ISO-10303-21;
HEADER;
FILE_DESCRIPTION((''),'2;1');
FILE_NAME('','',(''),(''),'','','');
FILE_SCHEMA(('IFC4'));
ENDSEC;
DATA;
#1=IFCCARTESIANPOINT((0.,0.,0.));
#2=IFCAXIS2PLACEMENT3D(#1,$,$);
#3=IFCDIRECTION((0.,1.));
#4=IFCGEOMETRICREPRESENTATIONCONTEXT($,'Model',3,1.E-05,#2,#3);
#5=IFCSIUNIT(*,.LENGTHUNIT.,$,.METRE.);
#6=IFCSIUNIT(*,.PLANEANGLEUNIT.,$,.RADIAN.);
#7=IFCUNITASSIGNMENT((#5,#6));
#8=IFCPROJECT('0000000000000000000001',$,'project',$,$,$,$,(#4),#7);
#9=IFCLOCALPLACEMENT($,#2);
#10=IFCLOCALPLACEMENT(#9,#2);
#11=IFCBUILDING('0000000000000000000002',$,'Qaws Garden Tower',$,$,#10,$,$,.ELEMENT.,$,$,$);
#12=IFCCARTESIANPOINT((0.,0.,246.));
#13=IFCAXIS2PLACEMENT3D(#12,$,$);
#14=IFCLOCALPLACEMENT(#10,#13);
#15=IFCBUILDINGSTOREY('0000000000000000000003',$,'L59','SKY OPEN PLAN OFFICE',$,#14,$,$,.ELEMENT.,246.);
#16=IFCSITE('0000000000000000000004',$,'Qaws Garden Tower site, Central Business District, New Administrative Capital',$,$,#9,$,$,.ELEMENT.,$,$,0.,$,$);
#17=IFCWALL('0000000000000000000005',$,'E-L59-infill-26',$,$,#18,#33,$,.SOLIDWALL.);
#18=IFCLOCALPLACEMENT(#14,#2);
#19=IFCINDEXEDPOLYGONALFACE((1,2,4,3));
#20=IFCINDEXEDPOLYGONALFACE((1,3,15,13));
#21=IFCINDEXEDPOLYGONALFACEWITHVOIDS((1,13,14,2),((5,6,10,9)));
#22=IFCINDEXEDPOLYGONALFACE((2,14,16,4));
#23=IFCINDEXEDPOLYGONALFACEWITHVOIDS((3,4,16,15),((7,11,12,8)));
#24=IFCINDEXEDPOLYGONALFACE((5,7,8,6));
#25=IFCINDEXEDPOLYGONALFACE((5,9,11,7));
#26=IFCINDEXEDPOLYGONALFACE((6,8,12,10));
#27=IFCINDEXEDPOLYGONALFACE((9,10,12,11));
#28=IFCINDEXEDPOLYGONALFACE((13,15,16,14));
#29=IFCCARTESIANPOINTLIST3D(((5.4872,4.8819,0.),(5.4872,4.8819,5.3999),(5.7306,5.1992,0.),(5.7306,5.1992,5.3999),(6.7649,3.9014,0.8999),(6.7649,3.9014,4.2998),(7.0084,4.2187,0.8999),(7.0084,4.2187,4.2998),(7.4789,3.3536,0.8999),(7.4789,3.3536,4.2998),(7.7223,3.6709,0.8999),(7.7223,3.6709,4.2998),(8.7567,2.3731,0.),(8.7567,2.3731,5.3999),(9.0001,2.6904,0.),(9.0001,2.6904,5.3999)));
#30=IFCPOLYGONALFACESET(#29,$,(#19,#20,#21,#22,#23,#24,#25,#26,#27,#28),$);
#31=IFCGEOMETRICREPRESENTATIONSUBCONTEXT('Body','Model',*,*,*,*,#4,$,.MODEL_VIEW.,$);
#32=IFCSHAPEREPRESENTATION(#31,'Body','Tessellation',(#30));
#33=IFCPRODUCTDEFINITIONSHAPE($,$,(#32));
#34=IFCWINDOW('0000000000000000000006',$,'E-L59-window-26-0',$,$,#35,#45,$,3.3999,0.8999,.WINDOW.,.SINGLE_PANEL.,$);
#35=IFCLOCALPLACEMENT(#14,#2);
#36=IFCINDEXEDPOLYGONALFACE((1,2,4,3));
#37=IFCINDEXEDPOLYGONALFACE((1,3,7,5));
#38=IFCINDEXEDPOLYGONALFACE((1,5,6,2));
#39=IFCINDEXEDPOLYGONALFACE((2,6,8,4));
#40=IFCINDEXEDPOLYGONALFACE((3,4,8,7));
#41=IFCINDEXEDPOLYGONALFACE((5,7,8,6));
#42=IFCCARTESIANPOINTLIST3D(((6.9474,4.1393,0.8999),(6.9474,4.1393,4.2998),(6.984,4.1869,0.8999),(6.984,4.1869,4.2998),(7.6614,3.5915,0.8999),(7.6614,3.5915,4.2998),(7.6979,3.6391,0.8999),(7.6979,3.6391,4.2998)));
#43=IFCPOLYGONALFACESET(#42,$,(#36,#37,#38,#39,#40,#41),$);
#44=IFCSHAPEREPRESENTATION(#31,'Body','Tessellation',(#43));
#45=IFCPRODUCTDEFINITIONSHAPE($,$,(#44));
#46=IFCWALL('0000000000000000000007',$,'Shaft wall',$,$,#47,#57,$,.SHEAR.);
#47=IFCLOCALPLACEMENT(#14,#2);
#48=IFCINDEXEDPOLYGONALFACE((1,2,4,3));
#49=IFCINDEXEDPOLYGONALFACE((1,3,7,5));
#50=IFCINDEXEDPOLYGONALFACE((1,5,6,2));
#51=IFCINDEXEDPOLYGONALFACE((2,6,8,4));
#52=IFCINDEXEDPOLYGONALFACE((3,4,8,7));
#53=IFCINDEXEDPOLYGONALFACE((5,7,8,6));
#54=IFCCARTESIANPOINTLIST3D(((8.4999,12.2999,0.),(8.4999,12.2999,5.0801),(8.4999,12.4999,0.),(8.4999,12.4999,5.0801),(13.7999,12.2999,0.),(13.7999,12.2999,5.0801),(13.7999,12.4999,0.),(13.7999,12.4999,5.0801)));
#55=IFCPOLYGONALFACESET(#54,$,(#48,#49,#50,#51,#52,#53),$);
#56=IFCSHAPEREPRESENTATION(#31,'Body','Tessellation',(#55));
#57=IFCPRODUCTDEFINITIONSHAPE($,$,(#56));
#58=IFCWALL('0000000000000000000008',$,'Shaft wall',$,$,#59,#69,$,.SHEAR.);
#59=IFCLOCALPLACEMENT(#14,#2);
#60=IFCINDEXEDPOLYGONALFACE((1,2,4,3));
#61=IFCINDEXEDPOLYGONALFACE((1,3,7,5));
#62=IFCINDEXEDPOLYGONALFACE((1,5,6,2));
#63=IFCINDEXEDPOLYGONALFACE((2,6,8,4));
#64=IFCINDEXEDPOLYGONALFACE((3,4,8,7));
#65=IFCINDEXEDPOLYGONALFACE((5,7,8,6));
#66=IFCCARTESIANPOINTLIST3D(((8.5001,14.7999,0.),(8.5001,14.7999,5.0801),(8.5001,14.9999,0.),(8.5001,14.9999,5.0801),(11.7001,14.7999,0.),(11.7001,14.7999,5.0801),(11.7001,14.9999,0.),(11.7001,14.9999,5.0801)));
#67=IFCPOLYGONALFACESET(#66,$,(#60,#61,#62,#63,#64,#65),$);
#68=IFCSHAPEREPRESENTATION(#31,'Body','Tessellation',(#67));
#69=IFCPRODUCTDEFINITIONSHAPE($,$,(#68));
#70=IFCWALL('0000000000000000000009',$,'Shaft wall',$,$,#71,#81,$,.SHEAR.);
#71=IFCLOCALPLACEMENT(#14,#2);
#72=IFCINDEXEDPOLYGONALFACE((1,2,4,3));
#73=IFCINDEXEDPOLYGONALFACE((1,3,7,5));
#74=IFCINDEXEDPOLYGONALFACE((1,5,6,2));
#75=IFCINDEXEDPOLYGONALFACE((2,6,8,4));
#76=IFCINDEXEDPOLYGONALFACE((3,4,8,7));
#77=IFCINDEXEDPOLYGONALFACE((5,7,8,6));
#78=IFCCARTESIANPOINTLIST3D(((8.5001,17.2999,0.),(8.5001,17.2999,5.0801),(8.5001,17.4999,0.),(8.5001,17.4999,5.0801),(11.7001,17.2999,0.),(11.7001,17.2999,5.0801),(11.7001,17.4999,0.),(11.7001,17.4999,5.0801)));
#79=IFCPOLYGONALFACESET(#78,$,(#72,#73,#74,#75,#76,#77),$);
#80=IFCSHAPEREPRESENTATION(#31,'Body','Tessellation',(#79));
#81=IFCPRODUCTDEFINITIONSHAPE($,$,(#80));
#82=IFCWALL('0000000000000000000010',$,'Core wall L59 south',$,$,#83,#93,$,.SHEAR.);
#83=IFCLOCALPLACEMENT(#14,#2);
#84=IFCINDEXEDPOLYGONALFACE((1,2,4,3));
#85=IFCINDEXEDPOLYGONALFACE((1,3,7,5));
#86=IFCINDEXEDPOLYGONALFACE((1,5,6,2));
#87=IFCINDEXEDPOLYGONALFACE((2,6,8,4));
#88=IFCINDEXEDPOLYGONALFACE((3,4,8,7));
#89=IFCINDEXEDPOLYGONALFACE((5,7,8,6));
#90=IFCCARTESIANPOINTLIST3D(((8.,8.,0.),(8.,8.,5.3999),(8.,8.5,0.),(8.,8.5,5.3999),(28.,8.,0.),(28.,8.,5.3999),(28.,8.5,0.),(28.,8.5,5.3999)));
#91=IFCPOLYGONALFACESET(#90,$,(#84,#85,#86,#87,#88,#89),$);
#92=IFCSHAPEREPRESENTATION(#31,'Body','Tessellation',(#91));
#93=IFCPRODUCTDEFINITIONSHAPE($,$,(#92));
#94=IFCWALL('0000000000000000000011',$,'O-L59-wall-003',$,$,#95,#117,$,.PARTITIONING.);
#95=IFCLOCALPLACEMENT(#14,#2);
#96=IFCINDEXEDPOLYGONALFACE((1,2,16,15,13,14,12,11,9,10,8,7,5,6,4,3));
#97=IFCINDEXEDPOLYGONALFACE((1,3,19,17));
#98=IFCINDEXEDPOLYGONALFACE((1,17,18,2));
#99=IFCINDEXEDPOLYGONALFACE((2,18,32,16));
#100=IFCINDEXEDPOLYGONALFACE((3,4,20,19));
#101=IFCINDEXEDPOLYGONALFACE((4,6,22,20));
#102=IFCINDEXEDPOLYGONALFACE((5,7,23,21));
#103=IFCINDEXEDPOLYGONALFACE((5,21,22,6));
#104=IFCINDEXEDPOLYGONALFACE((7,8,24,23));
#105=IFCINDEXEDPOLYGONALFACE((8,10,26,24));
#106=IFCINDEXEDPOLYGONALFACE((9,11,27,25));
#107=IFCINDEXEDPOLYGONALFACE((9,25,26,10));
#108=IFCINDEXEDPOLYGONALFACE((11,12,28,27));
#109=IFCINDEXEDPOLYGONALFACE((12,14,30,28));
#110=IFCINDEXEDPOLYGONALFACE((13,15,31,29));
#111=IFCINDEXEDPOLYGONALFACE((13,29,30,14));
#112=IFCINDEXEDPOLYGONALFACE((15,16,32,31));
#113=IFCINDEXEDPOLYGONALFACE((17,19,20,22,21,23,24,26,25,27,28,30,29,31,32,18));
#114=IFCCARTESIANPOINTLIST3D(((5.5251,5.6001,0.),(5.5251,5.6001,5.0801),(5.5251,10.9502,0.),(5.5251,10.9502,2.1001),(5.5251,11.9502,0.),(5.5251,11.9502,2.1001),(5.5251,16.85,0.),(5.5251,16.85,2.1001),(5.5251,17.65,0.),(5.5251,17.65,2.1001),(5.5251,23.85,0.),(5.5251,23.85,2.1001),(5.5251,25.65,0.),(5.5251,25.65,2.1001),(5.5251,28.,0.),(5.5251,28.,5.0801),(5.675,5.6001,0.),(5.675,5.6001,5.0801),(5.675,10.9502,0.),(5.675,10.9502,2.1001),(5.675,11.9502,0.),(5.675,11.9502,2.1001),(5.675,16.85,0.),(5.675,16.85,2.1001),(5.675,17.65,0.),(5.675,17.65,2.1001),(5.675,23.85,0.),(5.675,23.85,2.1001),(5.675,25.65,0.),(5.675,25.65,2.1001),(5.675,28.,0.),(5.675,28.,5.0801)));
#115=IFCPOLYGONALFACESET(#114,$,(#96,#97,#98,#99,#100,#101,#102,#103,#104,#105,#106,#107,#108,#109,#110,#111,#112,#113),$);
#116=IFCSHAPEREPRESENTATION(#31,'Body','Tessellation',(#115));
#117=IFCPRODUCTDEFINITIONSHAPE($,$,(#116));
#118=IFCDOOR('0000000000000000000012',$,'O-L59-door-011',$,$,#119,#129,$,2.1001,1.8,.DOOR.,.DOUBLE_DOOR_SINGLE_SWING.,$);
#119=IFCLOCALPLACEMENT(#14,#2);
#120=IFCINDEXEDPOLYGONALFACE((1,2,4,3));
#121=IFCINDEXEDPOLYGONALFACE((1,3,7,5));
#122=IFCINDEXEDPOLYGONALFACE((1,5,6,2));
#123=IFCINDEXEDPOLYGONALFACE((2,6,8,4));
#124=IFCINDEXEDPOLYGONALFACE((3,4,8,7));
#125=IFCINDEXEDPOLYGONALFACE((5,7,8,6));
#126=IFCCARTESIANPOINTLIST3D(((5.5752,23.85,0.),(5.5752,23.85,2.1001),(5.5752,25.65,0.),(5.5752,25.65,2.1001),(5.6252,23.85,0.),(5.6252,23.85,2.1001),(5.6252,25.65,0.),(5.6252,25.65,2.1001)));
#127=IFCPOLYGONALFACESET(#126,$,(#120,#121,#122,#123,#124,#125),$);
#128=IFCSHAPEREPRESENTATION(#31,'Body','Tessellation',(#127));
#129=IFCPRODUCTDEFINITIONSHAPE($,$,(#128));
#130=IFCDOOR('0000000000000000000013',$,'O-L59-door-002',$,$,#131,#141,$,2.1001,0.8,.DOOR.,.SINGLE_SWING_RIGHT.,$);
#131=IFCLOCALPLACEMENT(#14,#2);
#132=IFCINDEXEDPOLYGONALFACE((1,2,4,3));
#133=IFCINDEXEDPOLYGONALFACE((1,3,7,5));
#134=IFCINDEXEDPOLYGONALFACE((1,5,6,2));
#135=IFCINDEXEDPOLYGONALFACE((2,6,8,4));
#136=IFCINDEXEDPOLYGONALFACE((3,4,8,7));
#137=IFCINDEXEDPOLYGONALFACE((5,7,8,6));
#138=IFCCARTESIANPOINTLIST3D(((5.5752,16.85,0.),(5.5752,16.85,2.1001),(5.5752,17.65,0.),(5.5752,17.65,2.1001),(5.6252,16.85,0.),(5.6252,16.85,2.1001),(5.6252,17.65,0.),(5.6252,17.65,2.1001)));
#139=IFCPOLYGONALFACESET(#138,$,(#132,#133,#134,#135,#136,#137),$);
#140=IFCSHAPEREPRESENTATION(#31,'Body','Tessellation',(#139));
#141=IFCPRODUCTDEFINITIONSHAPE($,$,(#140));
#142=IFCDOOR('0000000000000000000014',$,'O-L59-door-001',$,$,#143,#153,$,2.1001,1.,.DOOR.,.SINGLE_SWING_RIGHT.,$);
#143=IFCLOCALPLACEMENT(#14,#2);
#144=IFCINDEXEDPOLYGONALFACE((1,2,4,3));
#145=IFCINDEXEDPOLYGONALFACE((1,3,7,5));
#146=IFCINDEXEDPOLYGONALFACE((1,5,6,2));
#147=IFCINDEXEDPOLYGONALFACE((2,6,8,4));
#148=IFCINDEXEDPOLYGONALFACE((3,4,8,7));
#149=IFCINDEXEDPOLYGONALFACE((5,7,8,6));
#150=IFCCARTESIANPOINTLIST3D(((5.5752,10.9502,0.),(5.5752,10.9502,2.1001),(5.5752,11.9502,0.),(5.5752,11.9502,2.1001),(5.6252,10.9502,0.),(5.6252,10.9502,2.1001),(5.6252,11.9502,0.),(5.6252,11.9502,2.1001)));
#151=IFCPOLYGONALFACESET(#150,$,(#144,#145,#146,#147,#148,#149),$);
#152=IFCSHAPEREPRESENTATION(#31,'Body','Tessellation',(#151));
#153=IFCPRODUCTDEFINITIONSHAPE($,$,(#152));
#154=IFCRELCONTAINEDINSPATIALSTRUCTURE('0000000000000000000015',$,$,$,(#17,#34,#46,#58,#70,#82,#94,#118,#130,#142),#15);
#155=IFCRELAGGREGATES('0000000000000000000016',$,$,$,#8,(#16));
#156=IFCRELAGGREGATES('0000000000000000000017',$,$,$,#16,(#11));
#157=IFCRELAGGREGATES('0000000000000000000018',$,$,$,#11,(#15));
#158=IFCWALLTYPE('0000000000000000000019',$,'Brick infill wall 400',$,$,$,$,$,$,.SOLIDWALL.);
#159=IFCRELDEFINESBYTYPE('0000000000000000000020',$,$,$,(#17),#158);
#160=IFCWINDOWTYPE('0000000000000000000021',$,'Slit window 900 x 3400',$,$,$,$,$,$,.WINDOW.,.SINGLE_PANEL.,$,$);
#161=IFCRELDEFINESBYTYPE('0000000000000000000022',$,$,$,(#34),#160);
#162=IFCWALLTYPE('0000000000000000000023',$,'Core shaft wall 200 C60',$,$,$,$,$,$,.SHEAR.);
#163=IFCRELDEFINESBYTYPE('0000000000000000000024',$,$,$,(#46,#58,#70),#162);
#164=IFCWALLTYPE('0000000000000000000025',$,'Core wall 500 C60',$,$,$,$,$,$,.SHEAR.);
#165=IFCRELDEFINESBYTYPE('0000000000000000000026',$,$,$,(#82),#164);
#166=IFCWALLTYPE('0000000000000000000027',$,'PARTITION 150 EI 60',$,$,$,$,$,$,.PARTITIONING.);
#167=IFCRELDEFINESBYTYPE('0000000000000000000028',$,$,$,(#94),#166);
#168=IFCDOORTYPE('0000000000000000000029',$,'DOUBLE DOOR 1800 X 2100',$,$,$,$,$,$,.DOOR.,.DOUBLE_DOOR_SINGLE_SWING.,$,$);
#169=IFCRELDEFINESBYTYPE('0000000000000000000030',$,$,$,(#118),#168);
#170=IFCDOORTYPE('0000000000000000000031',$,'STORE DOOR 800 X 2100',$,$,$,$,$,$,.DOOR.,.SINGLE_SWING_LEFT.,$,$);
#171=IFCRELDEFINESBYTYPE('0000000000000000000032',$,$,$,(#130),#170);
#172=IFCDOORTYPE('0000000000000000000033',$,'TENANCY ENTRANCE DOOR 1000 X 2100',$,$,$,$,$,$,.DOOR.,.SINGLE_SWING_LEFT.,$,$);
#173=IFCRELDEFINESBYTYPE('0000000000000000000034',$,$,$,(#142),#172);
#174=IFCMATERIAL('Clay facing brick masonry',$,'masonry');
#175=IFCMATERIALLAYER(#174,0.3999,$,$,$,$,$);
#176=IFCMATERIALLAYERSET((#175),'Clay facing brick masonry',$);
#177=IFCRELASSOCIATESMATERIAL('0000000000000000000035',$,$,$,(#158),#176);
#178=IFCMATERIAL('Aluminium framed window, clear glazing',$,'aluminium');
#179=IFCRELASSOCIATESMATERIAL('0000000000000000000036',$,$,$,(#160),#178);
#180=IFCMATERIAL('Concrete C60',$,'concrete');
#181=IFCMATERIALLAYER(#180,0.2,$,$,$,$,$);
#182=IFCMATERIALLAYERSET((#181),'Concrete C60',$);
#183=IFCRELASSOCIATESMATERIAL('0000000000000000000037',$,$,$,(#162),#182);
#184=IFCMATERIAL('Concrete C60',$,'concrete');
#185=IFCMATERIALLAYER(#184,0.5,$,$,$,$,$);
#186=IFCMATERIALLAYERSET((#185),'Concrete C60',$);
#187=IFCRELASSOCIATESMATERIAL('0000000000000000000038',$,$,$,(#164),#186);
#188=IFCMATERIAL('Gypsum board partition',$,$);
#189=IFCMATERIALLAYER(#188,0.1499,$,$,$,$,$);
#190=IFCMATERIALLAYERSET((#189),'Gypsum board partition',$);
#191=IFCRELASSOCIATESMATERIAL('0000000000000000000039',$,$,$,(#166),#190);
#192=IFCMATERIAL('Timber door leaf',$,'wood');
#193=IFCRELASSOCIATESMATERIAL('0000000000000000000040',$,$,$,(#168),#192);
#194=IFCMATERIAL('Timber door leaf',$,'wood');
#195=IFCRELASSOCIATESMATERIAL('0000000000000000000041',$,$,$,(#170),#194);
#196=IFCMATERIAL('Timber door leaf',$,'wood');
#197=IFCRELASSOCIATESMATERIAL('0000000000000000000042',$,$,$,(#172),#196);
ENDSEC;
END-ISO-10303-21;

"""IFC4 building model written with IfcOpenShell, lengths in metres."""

from ifc_helpers import new_model, si_unit, direction, frame, frame_2d, origin, place, context, subcontext, project, spatial, rectangle, extrude, material, layer, layer_set, type_object, element, fill, save


model = new_model("IFC4")

# Units and contexts
model_context = context("Model", 3, precision=1e-05, world=origin(), true_north=direction((0.0, 1.0)))
body_context = subcontext(model_context, "Body", "Model", "MODEL_VIEW")
ifc_project = project(units=[si_unit("LENGTHUNIT", "METRE"), si_unit("PLANEANGLEUNIT", "RADIAN")], contexts=[model_context])

# Site, building, storey
site_placement = place(None, origin())
site = spatial("IfcSite", under=ifc_project, at=site_placement, Name="Qaws Garden Tower site, Central Business District, New Administrative Capital", CompositionType="ELEMENT", RefElevation=0.0)
building_placement = place(site_placement, origin())
building = spatial("IfcBuilding", under=site, at=building_placement, Name="Qaws Garden Tower", CompositionType="ELEMENT")
storey_placement = place(building_placement, frame((0.0, 0.0, 246.0)))
storey = spatial("IfcBuildingStorey", under=building, at=storey_placement, Name="L59", Description="SKY OPEN PLAN OFFICE", CompositionType="ELEMENT", Elevation=246.0)

# Wall, opening, window
ifc_material_1 = material(Name="Clay facing brick masonry", Category="masonry")
ifc_layer_1 = layer(ifc_material_1, 0.3999)
ifc_layer_set_1 = layer_set([ifc_layer_1], Name="Clay facing brick masonry")
wall_type_1 = type_object("IfcWallType", Name="Brick infill wall 400", PredefinedType="SOLIDWALL", material=ifc_layer_set_1)
ifc_material_2 = material(Name="Aluminium framed window, clear glazing", Category="aluminium")
window_type = type_object("IfcWindowType", Name="Slit window 900 x 3400", PartitioningType="SINGLE_PANEL", PredefinedType="WINDOW", material=ifc_material_2)
wall_1_placement = place(storey_placement, frame((5.6089, 5.0405, 0.0), z_axis=(0.0, 0.0, 1.0), x_axis=(0.793355, -0.60876, 0.0)))
wall_1 = element("IfcWall", 1, at=wall_1_placement, inside=storey, type_object=wall_type_1, Name="E-L59-infill-26", PredefinedType="SOLIDWALL", context=body_context, shape_type="SweptSolid", body=[
    extrude(rectangle(XDim=4.1211, YDim=0.3999, at=frame_2d((2.0605, 0.0))), origin(), (0.0, 0.0, 1.0), 5.3999),
])
opening_1_placement = place(wall_1_placement, frame((1.6106, 0.0, 0.8999)))
opening_1 = element("IfcOpeningElement", 2, at=opening_1_placement, cuts=wall_1, PredefinedType="OPENING", context=body_context, shape_type="SweptSolid", body=[
    extrude(rectangle(XDim=0.8999, YDim=3.3999, at=frame_2d((0.45, 1.7))), frame((0.0, 0.21, 0.0), z_axis=(0.0, -1.0, 0.0), x_axis=(1.0, 0.0, 0.0)), (0.0, 0.0, 1.0), 0.4199),
])
window_1_placement = place(opening_1_placement, origin())
window_1 = element("IfcWindow", 3, at=window_1_placement, inside=storey, type_object=window_type, Name="E-L59-window-26-0", OverallHeight=3.3999, OverallWidth=0.8999, PartitioningType="SINGLE_PANEL", PredefinedType="WINDOW", context=body_context, shape_type="SweptSolid", body=[
    extrude(rectangle(XDim=0.8999, YDim=3.3999, at=frame_2d((0.45, 1.7))), frame((0.0, 0.1599, 0.0), z_axis=(0.0, -1.0, 0.0), x_axis=(1.0, 0.0, 0.0)), (0.0, 0.0, 1.0), 0.0601),
])
fill(opening_1, window_1)

# Walls
ifc_material_3 = material(Name="Concrete C60", Category="concrete")
ifc_layer_2 = layer(ifc_material_3, 0.2)
ifc_layer_set_2 = layer_set([ifc_layer_2], Name="Concrete C60")
wall_type_2 = type_object("IfcWallType", Name="Core shaft wall 200 C60", PredefinedType="SHEAR", material=ifc_layer_set_2)
wall_2_placement = place(storey_placement, frame((8.5, 12.3999, 0.0), z_axis=(0.0, 0.0, 1.0), x_axis=(1.0, 0.0, 0.0)))
element("IfcWall", 4, at=wall_2_placement, inside=storey, type_object=wall_type_2, Name="Shaft wall", PredefinedType="SHEAR", context=body_context, shape_type="SweptSolid", body=[
    extrude(rectangle(XDim=5.3, YDim=0.2, at=frame_2d((2.6499, 0.0))), origin(), (0.0, 0.0, 1.0), 5.0801),
])
for number, where, z_axis, x_axis, name in (
    (5, (8.5, 14.8999, 0.0), (0.0, 0.0, 1.0), (1.0, 0.0, 0.0), "Shaft wall"),
    (6, (8.5, 17.3999, 0.0), (0.0, 0.0, 1.0), (1.0, 0.0, 0.0), "Shaft wall"),
):
    element("IfcWall", number, at=place(storey_placement, frame(where, z_axis=z_axis, x_axis=x_axis)), inside=storey, type_object=wall_type_2, Name=name, PredefinedType="SHEAR", context=body_context, shape_type="SweptSolid", body=[
        extrude(rectangle(XDim=3.2, YDim=0.2, at=frame_2d((1.6001, 0.0))), origin(), (0.0, 0.0, 1.0), 5.0801),
    ])
ifc_material_4 = material(Name="Concrete C60", Category="concrete")
ifc_layer_3 = layer(ifc_material_4, 0.5)
ifc_layer_set_3 = layer_set([ifc_layer_3], Name="Concrete C60")
wall_type_3 = type_object("IfcWallType", Name="Core wall 500 C60", PredefinedType="SHEAR", material=ifc_layer_set_3)
wall_3_placement = place(storey_placement, frame((8.0, 8.25, 0.0), z_axis=(0.0, 0.0, 1.0), x_axis=(1.0, 0.0, 0.0)))
element("IfcWall", 7, at=wall_3_placement, inside=storey, type_object=wall_type_3, Name="Core wall L59 south", PredefinedType="SHEAR", context=body_context, shape_type="SweptSolid", body=[
    extrude(rectangle(XDim=20.0, YDim=0.5, at=frame_2d((10.0, 0.0))), origin(), (0.0, 0.0, 1.0), 5.3999),
])

# Wall, openings, doors
ifc_material_5 = material(Name="Gypsum board partition")
ifc_layer_4 = layer(ifc_material_5, 0.1499)
ifc_layer_set_4 = layer_set([ifc_layer_4], Name="Gypsum board partition")
wall_type_4 = type_object("IfcWallType", Name="PARTITION 150 EI 60", PredefinedType="PARTITIONING", material=ifc_layer_set_4)
wall_4_placement = place(storey_placement, frame((5.6001, 5.6001, 0.0), z_axis=(0.0, 0.0, 1.0), x_axis=(0.0, 1.0, 0.0)))
wall_4 = element("IfcWall", 8, at=wall_4_placement, inside=storey, type_object=wall_type_4, Name="O-L59-wall-003", PredefinedType="PARTITIONING", context=body_context, shape_type="SweptSolid", body=[
    extrude(rectangle(XDim=22.3999, YDim=0.1499, at=frame_2d((11.2, 0.0))), origin(), (0.0, 0.0, 1.0), 5.0801),
])
opening_2_placement = place(wall_4_placement, frame((5.3501, 0.0, 0.0)))
opening_2 = element("IfcOpeningElement", 9, at=opening_2_placement, cuts=wall_4, PredefinedType="OPENING", context=body_context, shape_type="SweptSolid", body=[
    extrude(rectangle(XDim=1.0, YDim=2.1001, at=frame_2d((0.5, 1.05))), frame((0.0, 0.085, 0.0), z_axis=(0.0, -1.0, 0.0), x_axis=(1.0, 0.0, 0.0)), (0.0, 0.0, 1.0), 0.1699),
])
opening_3_placement = place(wall_4_placement, frame((11.25, 0.0, 0.0)))
opening_3 = element("IfcOpeningElement", 10, at=opening_3_placement, cuts=wall_4, PredefinedType="OPENING", context=body_context, shape_type="SweptSolid", body=[
    extrude(rectangle(XDim=0.8, YDim=2.1001, at=frame_2d((0.3999, 1.05))), frame((0.0, 0.085, 0.0), z_axis=(0.0, -1.0, 0.0), x_axis=(1.0, 0.0, 0.0)), (0.0, 0.0, 1.0), 0.1699),
])
opening_4_placement = place(wall_4_placement, frame((18.25, 0.0, 0.0)))
opening_4 = element("IfcOpeningElement", 11, at=opening_4_placement, cuts=wall_4, PredefinedType="OPENING", context=body_context, shape_type="SweptSolid", body=[
    extrude(rectangle(XDim=1.8, YDim=2.1001, at=frame_2d((0.8999, 1.05))), frame((0.0, 0.085, 0.0), z_axis=(0.0, -1.0, 0.0), x_axis=(1.0, 0.0, 0.0)), (0.0, 0.0, 1.0), 0.1699),
])
ifc_material_6 = material(Name="Timber door leaf", Category="wood")
door_type_1 = type_object("IfcDoorType", Name="DOUBLE DOOR 1800 X 2100", OperationType="DOUBLE_DOOR_SINGLE_SWING", PredefinedType="DOOR", material=ifc_material_6)
door_1_placement = place(opening_4_placement, origin())
door_1 = element("IfcDoor", 12, at=door_1_placement, inside=storey, type_object=door_type_1, Name="O-L59-door-011", OperationType="DOUBLE_DOOR_SINGLE_SWING", OverallHeight=2.1001, OverallWidth=1.8, PredefinedType="DOOR", context=body_context, shape_type="SweptSolid", body=[
    extrude(rectangle(XDim=1.8, YDim=2.1001, at=frame_2d((0.8999, 1.05))), frame((0.0, 0.0249, 0.0), z_axis=(0.0, -1.0, 0.0), x_axis=(1.0, 0.0, 0.0)), (0.0, 0.0, 1.0), 0.05),
])
fill(opening_4, door_1)
ifc_material_7 = material(Name="Timber door leaf", Category="wood")
door_type_2 = type_object("IfcDoorType", Name="STORE DOOR 800 X 2100", OperationType="SINGLE_SWING_LEFT", PredefinedType="DOOR", material=ifc_material_7)
door_2_placement = place(opening_3_placement, origin())
door_2 = element("IfcDoor", 13, at=door_2_placement, inside=storey, type_object=door_type_2, Name="O-L59-door-002", OperationType="SINGLE_SWING_RIGHT", OverallHeight=2.1001, OverallWidth=0.8, PredefinedType="DOOR", context=body_context, shape_type="SweptSolid", body=[
    extrude(rectangle(XDim=0.8, YDim=2.1001, at=frame_2d((0.3999, 1.05))), frame((0.0, 0.0249, 0.0), z_axis=(0.0, -1.0, 0.0), x_axis=(1.0, 0.0, 0.0)), (0.0, 0.0, 1.0), 0.05),
])
fill(opening_3, door_2)
ifc_material_8 = material(Name="Timber door leaf", Category="wood")
door_type_3 = type_object("IfcDoorType", Name="TENANCY ENTRANCE DOOR 1000 X 2100", OperationType="SINGLE_SWING_LEFT", PredefinedType="DOOR", material=ifc_material_8)
door_3_placement = place(opening_2_placement, origin())
door_3 = element("IfcDoor", 14, at=door_3_placement, inside=storey, type_object=door_type_3, Name="O-L59-door-001", OperationType="SINGLE_SWING_RIGHT", OverallHeight=2.1001, OverallWidth=1.0, PredefinedType="DOOR", context=body_context, shape_type="SweptSolid", body=[
    extrude(rectangle(XDim=1.0, YDim=2.1001, at=frame_2d((0.5, 1.05))), frame((0.0, 0.0249, 0.0), z_axis=(0.0, -1.0, 0.0), x_axis=(1.0, 0.0, 0.0)), (0.0, 0.0, 1.0), 0.05),
])
fill(opening_2, door_3)

save(model, "model.ifc")
